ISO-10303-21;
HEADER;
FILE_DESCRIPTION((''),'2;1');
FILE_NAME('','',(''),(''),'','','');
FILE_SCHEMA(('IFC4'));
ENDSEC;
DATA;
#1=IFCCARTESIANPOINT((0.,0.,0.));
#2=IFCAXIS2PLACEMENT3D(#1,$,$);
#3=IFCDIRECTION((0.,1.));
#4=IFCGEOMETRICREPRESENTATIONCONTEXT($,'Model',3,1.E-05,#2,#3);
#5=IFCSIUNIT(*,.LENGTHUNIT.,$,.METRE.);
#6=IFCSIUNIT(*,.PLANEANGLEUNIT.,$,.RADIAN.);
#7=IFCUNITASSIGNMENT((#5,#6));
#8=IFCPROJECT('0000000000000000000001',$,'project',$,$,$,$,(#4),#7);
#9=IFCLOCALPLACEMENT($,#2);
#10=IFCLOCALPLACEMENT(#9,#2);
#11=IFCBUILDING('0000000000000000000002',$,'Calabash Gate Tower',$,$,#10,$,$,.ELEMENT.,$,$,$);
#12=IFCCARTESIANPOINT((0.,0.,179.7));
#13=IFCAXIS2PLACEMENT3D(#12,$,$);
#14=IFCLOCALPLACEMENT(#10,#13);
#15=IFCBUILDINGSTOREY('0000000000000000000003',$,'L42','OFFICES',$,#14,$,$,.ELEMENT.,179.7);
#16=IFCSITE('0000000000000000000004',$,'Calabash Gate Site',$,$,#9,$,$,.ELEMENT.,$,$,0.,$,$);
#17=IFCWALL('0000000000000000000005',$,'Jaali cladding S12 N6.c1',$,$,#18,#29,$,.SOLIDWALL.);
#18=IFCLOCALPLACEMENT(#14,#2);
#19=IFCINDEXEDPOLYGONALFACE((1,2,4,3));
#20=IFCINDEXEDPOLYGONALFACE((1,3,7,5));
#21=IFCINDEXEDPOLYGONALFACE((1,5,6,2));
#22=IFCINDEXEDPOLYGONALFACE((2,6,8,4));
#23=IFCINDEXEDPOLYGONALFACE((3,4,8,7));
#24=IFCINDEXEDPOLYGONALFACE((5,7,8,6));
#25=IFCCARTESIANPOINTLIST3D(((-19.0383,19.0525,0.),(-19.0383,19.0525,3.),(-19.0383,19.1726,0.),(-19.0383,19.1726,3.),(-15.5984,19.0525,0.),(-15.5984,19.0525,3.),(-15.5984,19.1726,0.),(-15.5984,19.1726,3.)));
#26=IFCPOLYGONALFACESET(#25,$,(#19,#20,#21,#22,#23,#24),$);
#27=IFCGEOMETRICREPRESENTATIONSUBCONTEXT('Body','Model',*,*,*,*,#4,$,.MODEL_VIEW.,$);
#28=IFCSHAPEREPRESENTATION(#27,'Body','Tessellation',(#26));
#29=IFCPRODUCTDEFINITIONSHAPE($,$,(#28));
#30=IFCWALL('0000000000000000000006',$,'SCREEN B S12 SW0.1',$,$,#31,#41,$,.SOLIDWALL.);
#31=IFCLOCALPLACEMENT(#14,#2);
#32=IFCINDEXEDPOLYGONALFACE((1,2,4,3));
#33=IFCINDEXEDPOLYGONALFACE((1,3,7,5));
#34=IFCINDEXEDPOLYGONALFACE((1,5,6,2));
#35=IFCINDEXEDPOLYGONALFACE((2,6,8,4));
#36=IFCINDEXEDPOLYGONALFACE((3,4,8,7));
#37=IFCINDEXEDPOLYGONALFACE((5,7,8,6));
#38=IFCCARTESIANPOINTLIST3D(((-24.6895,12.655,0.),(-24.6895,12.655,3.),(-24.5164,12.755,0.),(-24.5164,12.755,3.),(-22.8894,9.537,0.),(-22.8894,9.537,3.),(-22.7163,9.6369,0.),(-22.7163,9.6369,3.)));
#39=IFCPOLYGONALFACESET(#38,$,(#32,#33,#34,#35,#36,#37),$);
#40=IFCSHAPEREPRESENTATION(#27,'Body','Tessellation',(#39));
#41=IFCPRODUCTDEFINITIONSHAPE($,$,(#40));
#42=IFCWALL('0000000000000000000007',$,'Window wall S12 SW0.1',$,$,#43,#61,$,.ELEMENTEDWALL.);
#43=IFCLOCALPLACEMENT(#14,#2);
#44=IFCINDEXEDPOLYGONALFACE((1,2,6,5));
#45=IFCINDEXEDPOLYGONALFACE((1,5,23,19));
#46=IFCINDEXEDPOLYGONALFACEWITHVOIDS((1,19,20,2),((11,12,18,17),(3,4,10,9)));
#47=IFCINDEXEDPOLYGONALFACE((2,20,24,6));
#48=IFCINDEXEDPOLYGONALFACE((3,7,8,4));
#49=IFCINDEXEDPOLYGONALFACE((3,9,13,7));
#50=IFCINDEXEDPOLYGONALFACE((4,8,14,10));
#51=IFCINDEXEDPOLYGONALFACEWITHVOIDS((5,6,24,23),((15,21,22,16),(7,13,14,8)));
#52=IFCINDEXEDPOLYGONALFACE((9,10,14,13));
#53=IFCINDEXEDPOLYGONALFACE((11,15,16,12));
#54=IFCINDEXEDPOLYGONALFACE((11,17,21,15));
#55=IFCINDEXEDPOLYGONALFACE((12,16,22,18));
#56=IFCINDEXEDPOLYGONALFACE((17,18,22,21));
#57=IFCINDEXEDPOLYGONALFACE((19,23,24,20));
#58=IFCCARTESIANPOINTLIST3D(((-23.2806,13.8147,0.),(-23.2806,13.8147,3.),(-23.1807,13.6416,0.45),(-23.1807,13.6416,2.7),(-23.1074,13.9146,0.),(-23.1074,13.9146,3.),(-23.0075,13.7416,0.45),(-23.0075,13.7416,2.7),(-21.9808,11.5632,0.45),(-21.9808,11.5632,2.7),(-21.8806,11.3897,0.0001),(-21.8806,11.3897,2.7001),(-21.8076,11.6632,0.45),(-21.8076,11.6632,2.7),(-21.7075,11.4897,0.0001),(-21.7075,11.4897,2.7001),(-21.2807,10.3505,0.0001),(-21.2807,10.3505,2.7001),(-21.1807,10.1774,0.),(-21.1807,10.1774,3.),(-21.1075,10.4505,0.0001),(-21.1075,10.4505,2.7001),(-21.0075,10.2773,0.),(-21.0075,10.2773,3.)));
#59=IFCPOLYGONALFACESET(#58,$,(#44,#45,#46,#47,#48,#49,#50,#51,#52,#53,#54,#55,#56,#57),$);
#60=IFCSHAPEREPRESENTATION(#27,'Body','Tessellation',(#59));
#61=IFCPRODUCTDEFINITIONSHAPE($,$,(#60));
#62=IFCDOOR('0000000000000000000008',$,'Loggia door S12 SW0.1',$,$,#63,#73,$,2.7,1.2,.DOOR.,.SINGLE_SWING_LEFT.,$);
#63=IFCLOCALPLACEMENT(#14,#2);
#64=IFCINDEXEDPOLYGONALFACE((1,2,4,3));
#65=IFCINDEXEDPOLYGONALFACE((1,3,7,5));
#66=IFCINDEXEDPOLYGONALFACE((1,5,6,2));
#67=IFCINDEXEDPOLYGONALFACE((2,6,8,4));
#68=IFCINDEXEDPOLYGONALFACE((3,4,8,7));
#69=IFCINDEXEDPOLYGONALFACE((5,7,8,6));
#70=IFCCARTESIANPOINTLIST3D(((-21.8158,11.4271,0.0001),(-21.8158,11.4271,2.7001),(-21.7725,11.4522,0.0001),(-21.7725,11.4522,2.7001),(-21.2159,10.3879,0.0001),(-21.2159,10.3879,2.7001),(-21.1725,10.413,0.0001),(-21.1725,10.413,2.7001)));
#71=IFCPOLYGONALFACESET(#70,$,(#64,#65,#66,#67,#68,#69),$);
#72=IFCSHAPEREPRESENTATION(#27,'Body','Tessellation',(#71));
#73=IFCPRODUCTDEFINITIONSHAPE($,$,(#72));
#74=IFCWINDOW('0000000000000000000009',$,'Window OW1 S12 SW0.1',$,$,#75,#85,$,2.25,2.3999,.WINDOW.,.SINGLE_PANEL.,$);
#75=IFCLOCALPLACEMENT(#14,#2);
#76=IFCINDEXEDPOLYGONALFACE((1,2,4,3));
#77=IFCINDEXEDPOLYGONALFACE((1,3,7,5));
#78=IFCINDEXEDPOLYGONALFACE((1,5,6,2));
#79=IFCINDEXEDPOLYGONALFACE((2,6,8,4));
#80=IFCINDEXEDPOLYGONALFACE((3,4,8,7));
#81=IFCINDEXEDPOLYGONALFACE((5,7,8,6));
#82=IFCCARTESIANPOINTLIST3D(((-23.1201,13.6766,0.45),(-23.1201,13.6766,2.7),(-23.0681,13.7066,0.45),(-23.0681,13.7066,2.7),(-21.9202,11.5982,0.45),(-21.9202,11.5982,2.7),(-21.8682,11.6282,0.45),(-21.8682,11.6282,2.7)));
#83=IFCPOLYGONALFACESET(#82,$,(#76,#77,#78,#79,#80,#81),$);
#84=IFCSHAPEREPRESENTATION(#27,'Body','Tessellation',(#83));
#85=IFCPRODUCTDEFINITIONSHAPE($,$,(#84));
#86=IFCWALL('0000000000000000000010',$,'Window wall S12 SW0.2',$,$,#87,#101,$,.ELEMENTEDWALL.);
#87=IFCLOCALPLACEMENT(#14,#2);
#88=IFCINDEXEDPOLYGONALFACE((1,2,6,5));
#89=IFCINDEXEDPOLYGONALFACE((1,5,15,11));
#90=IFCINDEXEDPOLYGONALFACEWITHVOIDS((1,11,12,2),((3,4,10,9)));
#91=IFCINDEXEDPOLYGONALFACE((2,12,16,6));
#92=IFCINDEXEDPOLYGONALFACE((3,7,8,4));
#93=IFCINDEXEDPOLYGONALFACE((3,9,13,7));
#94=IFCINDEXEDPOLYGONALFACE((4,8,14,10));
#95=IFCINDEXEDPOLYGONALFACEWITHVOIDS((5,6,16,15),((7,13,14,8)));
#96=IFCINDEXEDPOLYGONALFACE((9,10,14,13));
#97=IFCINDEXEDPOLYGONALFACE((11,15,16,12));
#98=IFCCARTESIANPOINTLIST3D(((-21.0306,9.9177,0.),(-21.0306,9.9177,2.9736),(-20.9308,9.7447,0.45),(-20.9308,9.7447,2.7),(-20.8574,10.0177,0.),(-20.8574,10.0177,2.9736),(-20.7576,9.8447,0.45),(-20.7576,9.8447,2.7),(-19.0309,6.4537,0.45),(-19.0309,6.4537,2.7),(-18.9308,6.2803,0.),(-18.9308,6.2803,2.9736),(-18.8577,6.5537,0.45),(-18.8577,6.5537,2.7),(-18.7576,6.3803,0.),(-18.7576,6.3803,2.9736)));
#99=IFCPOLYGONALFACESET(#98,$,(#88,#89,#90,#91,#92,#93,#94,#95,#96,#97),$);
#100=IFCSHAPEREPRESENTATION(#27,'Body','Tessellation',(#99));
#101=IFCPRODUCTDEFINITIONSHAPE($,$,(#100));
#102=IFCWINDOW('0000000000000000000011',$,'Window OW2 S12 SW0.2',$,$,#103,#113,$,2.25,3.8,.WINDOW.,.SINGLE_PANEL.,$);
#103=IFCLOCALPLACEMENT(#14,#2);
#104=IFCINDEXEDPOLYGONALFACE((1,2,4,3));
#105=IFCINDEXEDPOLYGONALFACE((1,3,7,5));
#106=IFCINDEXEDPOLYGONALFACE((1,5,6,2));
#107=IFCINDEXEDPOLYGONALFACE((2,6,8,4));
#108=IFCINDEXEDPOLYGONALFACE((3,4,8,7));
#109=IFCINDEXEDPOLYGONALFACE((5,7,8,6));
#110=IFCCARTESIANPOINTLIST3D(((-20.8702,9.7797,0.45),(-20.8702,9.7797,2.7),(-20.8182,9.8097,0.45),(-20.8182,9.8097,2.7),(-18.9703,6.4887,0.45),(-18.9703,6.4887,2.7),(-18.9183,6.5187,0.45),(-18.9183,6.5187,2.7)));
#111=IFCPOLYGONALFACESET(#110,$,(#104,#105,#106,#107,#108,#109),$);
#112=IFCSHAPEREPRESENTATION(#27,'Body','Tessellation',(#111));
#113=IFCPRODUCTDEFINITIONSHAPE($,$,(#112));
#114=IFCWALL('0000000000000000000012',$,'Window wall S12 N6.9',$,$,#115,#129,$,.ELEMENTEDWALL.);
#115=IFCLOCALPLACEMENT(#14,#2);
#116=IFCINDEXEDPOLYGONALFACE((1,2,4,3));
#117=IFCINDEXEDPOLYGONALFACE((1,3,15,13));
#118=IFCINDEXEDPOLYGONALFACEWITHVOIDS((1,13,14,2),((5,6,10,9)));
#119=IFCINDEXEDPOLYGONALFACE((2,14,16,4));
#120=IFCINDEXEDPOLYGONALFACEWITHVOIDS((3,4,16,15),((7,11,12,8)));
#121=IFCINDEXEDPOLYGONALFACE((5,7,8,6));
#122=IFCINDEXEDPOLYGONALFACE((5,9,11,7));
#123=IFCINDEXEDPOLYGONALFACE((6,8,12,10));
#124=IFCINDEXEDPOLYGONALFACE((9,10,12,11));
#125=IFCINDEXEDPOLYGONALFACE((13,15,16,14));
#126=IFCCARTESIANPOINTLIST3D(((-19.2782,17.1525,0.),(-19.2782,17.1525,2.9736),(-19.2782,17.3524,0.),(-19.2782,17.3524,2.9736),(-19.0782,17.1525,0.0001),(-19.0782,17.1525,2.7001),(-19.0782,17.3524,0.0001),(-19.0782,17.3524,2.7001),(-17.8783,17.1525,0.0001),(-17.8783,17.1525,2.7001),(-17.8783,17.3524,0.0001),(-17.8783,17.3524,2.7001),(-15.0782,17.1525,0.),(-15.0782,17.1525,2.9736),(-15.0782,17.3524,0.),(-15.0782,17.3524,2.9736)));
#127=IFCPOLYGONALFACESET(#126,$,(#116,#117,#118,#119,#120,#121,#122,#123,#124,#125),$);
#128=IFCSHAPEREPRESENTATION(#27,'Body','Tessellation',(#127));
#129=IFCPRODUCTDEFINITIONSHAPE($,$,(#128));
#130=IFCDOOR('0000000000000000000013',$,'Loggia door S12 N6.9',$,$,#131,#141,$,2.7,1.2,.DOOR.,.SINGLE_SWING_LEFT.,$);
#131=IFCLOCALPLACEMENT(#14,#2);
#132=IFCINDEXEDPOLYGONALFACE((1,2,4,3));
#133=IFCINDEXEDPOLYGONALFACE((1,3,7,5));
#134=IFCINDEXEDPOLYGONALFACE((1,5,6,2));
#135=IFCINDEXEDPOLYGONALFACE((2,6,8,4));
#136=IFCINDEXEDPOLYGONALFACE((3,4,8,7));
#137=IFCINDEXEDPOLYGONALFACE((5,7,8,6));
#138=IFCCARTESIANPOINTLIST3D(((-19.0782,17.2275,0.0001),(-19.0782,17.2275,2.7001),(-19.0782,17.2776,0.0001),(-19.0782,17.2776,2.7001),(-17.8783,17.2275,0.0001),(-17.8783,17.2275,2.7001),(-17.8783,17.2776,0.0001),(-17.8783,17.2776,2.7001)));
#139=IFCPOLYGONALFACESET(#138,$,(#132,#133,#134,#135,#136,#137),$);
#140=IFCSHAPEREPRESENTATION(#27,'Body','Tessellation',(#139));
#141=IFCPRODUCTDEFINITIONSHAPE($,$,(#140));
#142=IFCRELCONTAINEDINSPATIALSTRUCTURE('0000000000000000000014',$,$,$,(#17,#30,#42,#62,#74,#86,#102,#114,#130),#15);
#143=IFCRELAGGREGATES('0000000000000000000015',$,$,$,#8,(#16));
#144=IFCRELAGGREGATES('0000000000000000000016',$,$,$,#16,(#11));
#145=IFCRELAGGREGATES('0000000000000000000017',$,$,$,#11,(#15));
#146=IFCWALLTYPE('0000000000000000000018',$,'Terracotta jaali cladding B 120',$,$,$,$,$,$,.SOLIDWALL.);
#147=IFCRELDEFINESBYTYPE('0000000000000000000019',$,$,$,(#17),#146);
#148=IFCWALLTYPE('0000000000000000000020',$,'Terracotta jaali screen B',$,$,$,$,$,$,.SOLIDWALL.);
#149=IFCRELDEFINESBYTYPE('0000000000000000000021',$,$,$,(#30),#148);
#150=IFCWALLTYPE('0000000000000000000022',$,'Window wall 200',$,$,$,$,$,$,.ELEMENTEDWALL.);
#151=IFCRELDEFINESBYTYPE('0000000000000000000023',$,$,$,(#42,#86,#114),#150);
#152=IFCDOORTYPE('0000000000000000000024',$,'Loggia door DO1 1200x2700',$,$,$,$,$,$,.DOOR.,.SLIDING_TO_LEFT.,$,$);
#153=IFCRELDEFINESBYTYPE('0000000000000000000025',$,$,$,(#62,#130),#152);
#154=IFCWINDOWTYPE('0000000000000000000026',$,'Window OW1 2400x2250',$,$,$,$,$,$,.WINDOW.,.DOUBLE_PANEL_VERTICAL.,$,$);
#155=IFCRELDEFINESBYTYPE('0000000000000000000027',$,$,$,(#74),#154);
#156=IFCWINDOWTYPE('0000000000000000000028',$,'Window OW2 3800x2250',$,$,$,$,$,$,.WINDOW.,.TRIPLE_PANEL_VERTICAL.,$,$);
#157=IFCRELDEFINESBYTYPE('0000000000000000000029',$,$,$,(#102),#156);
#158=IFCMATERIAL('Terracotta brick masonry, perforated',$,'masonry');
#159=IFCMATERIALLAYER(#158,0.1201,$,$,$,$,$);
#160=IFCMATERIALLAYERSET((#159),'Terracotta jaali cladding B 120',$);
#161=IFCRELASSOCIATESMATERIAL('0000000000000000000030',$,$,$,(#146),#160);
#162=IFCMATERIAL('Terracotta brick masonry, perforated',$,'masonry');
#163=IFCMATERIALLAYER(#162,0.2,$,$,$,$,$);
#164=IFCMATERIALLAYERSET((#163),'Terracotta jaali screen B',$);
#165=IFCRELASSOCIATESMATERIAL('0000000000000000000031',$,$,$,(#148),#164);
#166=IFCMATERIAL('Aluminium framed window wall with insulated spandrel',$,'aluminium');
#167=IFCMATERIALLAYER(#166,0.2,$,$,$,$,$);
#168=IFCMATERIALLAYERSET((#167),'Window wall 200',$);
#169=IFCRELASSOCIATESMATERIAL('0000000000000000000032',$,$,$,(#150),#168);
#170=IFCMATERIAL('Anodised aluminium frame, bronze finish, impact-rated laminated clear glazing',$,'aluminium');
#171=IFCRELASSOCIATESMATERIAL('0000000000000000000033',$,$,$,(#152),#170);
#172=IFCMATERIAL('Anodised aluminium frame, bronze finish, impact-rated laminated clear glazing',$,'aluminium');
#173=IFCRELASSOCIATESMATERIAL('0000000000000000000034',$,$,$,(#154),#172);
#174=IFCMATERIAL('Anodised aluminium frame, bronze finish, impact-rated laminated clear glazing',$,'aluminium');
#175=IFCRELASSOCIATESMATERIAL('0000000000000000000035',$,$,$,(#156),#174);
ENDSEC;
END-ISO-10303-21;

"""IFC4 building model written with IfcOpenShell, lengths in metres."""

from ifc_helpers import new_model, si_unit, direction, frame, frame_2d, origin, place, context, subcontext, project, spatial, rectangle, extrude, material, layer, layer_set, type_object, element, fill, save


model = new_model("IFC4")

# Units and contexts
model_context = context("Model", 3, precision=1e-05, world=origin(), true_north=direction((0.0, 1.0)))
body_context = subcontext(model_context, "Body", "Model", "MODEL_VIEW")
ifc_project = project(units=[si_unit("LENGTHUNIT", "METRE"), si_unit("PLANEANGLEUNIT", "RADIAN")], contexts=[model_context])

# Site, building, storey
site_placement = place(None, origin())
site = spatial("IfcSite", under=ifc_project, at=site_placement, Name="Calabash Gate Site", CompositionType="ELEMENT", RefElevation=0.0)
building_placement = place(site_placement, origin())
building = spatial("IfcBuilding", under=site, at=building_placement, Name="Calabash Gate Tower", CompositionType="ELEMENT")
storey_placement = place(building_placement, frame((0.0, 0.0, 179.7)))
storey = spatial("IfcBuildingStorey", under=building, at=storey_placement, Name="L42", Description="OFFICES", CompositionType="ELEMENT", Elevation=179.7)

# Walls
ifc_material_1 = material(Name="Terracotta brick masonry, perforated", Category="masonry")
ifc_layer_1 = layer(ifc_material_1, 0.1201)
ifc_layer_set_1 = layer_set([ifc_layer_1], Name="Terracotta jaali cladding B 120")
wall_type_1 = type_object("IfcWallType", Name="Terracotta jaali cladding B 120", PredefinedType="SOLIDWALL", material=ifc_layer_set_1)
wall_1_placement = place(storey_placement, frame((-15.5984, 19.1125, 0.0), z_axis=(0.0, 0.0, 1.0), x_axis=(-1.0, 0.0, 0.0)))
element("IfcWall", 1, at=wall_1_placement, inside=storey, type_object=wall_type_1, Name="Jaali cladding S12 N6.c1", PredefinedType="SOLIDWALL", context=body_context, shape_type="SweptSolid", body=[
    extrude(rectangle(XDim=3.4399, YDim=0.1201, at=frame_2d((1.72, 0.0))), origin(), (0.0, 0.0, 1.0), 3.0),
])
ifc_material_2 = material(Name="Terracotta brick masonry, perforated", Category="masonry")
ifc_layer_2 = layer(ifc_material_2, 0.2)
ifc_layer_set_2 = layer_set([ifc_layer_2], Name="Terracotta jaali screen B")
wall_type_2 = type_object("IfcWallType", Name="Terracotta jaali screen B", PredefinedType="SOLIDWALL", material=ifc_layer_set_2)
wall_2_placement = place(storey_placement, frame((-24.603, 12.7051, 0.0), z_axis=(0.0, 0.0, 1.0), x_axis=(0.499983, -0.866035, 0.0)))
element("IfcWall", 2, at=wall_2_placement, inside=storey, type_object=wall_type_2, Name="SCREEN B S12 SW0.1", PredefinedType="SOLIDWALL", context=body_context, shape_type="SweptSolid", body=[
    extrude(rectangle(XDim=3.6003, YDim=0.2, at=frame_2d((1.8003, 0.0))), origin(), (0.0, 0.0, 1.0), 3.0),
])

# Wall, openings, door, window
ifc_material_3 = material(Name="Aluminium framed window wall with insulated spandrel", Category="aluminium")
ifc_layer_3 = layer(ifc_material_3, 0.2)
ifc_layer_set_3 = layer_set([ifc_layer_3], Name="Window wall 200")
wall_type_3 = type_object("IfcWallType", Name="Window wall 200", PredefinedType="ELEMENTEDWALL", material=ifc_layer_set_3)
wall_3_placement = place(storey_placement, frame((-23.1941, 13.8647, 0.0), z_axis=(0.0, 0.0, 1.0), x_axis=(0.499984, -0.866035, 0.0)))
wall_3 = element("IfcWall", 3, at=wall_3_placement, inside=storey, type_object=wall_type_3, Name="Window wall S12 SW0.1", PredefinedType="ELEMENTEDWALL", context=body_context, shape_type="SweptSolid", body=[
    extrude(rectangle(XDim=4.2, YDim=0.2, at=frame_2d((2.1001, 0.0))), origin(), (0.0, 0.0, 1.0), 3.0),
])
opening_1_placement = place(wall_3_placement, frame((0.2, 0.0, 0.45)))
opening_1 = element("IfcOpeningElement", 4, at=opening_1_placement, cuts=wall_3, PredefinedType="OPENING", context=body_context, shape_type="SweptSolid", body=[
    extrude(rectangle(XDim=2.3999, YDim=2.25, at=frame_2d((1.2, 1.125))), frame((0.0, 0.1099, 0.0), z_axis=(0.0, -1.0, 0.0), x_axis=(1.0, 0.0, 0.0)), (0.0, 0.0, 1.0), 0.22),
])
opening_2_placement = place(wall_3_placement, frame((2.8, 0.0, 0.0)))
opening_2 = element("IfcOpeningElement", 5, at=opening_2_placement, cuts=wall_3, PredefinedType="OPENING", context=body_context, shape_type="SweptSolid", body=[
    extrude(rectangle(XDim=1.2, YDim=2.7, at=frame_2d((0.6001, 1.3501))), frame((0.0, 0.1099, 0.0), z_axis=(0.0, -1.0, 0.0), x_axis=(1.0, 0.0, 0.0)), (0.0, 0.0, 1.0), 0.22),
])
ifc_material_4 = material(Name="Anodised aluminium frame, bronze finish, impact-rated laminated clear glazing", Category="aluminium")
door_type = type_object("IfcDoorType", Name="Loggia door DO1 1200x2700", OperationType="SLIDING_TO_LEFT", PredefinedType="DOOR", material=ifc_material_4)
door_1_placement = place(opening_2_placement, origin())
door_1 = element("IfcDoor", 6, at=door_1_placement, inside=storey, type_object=door_type, Name="Loggia door S12 SW0.1", OperationType="SINGLE_SWING_LEFT", OverallHeight=2.7, OverallWidth=1.2, PredefinedType="DOOR", context=body_context, shape_type="SweptSolid", body=[
    extrude(rectangle(XDim=1.2, YDim=2.7, at=frame_2d((0.6001, 1.3501))), frame((0.0, 0.0249, 0.0), z_axis=(0.0, -1.0, 0.0), x_axis=(1.0, 0.0, 0.0)), (0.0, 0.0, 1.0), 0.05),
])
fill(opening_2, door_1)
ifc_material_5 = material(Name="Anodised aluminium frame, bronze finish, impact-rated laminated clear glazing", Category="aluminium")
window_type_1 = type_object("IfcWindowType", Name="Window OW1 2400x2250", PartitioningType="DOUBLE_PANEL_VERTICAL", PredefinedType="WINDOW", material=ifc_material_5)
window_1_placement = place(opening_1_placement, origin())
window_1 = element("IfcWindow", 7, at=window_1_placement, inside=storey, type_object=window_type_1, Name="Window OW1 S12 SW0.1", OverallHeight=2.25, OverallWidth=2.3999, PartitioningType="SINGLE_PANEL", PredefinedType="WINDOW", context=body_context, shape_type="SweptSolid", body=[
    extrude(rectangle(XDim=2.3999, YDim=2.25, at=frame_2d((1.2, 1.125))), frame((0.0, 0.03, 0.0), z_axis=(0.0, -1.0, 0.0), x_axis=(1.0, 0.0, 0.0)), (0.0, 0.0, 1.0), 0.0601),
])
fill(opening_1, window_1)

# Wall, opening, window
wall_4_placement = place(storey_placement, frame((-20.9441, 9.9678, 0.0), z_axis=(0.0, 0.0, 1.0), x_axis=(0.499959, -0.866049, 0.0)))
wall_4 = element("IfcWall", 8, at=wall_4_placement, inside=storey, type_object=wall_type_3, Name="Window wall S12 SW0.2", PredefinedType="ELEMENTEDWALL", context=body_context, shape_type="SweptSolid", body=[
    extrude(rectangle(XDim=4.2, YDim=0.2, at=frame_2d((2.1001, 0.0))), origin(), (0.0, 0.0, 1.0), 2.9736),
])
opening_3_placement = place(wall_4_placement, frame((0.2, 0.0, 0.45)))
opening_3 = element("IfcOpeningElement", 9, at=opening_3_placement, cuts=wall_4, PredefinedType="OPENING", context=body_context, shape_type="SweptSolid", body=[
    extrude(rectangle(XDim=3.8, YDim=2.25, at=frame_2d((1.8999, 1.125))), frame((0.0, 0.1099, 0.0), z_axis=(0.0, -1.0, 0.0), x_axis=(1.0, 0.0, 0.0)), (0.0, 0.0, 1.0), 0.22),
])
ifc_material_6 = material(Name="Anodised aluminium frame, bronze finish, impact-rated laminated clear glazing", Category="aluminium")
window_type_2 = type_object("IfcWindowType", Name="Window OW2 3800x2250", PartitioningType="TRIPLE_PANEL_VERTICAL", PredefinedType="WINDOW", material=ifc_material_6)
window_2_placement = place(opening_3_placement, origin())
window_2 = element("IfcWindow", 10, at=window_2_placement, inside=storey, type_object=window_type_2, Name="Window OW2 S12 SW0.2", OverallHeight=2.25, OverallWidth=3.8, PartitioningType="SINGLE_PANEL", PredefinedType="WINDOW", context=body_context, shape_type="SweptSolid", body=[
    extrude(rectangle(XDim=3.8, YDim=2.25, at=frame_2d((1.8999, 1.125))), frame((0.0, 0.03, 0.0), z_axis=(0.0, -1.0, 0.0), x_axis=(1.0, 0.0, 0.0)), (0.0, 0.0, 1.0), 0.0601),
])
fill(opening_3, window_2)

# Wall, opening, door
wall_5_placement = place(storey_placement, frame((-15.0781, 17.2524, 0.0), z_axis=(0.0, 0.0, 1.0), x_axis=(-1.0, 0.0, 0.0)))
wall_5 = element("IfcWall", 11, at=wall_5_placement, inside=storey, type_object=wall_type_3, Name="Window wall S12 N6.9", PredefinedType="ELEMENTEDWALL", context=body_context, shape_type="SweptSolid", body=[
    extrude(rectangle(XDim=4.2, YDim=0.2, at=frame_2d((2.1001, 0.0))), origin(), (0.0, 0.0, 1.0), 2.9736),
])
opening_4_placement = place(wall_5_placement, frame((2.8, 0.0, 0.0)))
opening_4 = element("IfcOpeningElement", 12, at=opening_4_placement, cuts=wall_5, PredefinedType="OPENING", context=body_context, shape_type="SweptSolid", body=[
    extrude(rectangle(XDim=1.2, YDim=2.7, at=frame_2d((0.6001, 1.3501))), frame((0.0, 0.1099, 0.0), z_axis=(0.0, -1.0, 0.0), x_axis=(1.0, 0.0, 0.0)), (0.0, 0.0, 1.0), 0.22),
])
door_2_placement = place(opening_4_placement, origin())
door_2 = element("IfcDoor", 13, at=door_2_placement, inside=storey, type_object=door_type, Name="Loggia door S12 N6.9", OperationType="SINGLE_SWING_LEFT", OverallHeight=2.7, OverallWidth=1.2, PredefinedType="DOOR", context=body_context, shape_type="SweptSolid", body=[
    extrude(rectangle(XDim=1.2, YDim=2.7, at=frame_2d((0.6001, 1.3501))), frame((0.0, 0.0249, 0.0), z_axis=(0.0, -1.0, 0.0), x_axis=(1.0, 0.0, 0.0)), (0.0, 0.0, 1.0), 0.05),
])
fill(opening_4, door_2)

save(model, "model.ifc")
